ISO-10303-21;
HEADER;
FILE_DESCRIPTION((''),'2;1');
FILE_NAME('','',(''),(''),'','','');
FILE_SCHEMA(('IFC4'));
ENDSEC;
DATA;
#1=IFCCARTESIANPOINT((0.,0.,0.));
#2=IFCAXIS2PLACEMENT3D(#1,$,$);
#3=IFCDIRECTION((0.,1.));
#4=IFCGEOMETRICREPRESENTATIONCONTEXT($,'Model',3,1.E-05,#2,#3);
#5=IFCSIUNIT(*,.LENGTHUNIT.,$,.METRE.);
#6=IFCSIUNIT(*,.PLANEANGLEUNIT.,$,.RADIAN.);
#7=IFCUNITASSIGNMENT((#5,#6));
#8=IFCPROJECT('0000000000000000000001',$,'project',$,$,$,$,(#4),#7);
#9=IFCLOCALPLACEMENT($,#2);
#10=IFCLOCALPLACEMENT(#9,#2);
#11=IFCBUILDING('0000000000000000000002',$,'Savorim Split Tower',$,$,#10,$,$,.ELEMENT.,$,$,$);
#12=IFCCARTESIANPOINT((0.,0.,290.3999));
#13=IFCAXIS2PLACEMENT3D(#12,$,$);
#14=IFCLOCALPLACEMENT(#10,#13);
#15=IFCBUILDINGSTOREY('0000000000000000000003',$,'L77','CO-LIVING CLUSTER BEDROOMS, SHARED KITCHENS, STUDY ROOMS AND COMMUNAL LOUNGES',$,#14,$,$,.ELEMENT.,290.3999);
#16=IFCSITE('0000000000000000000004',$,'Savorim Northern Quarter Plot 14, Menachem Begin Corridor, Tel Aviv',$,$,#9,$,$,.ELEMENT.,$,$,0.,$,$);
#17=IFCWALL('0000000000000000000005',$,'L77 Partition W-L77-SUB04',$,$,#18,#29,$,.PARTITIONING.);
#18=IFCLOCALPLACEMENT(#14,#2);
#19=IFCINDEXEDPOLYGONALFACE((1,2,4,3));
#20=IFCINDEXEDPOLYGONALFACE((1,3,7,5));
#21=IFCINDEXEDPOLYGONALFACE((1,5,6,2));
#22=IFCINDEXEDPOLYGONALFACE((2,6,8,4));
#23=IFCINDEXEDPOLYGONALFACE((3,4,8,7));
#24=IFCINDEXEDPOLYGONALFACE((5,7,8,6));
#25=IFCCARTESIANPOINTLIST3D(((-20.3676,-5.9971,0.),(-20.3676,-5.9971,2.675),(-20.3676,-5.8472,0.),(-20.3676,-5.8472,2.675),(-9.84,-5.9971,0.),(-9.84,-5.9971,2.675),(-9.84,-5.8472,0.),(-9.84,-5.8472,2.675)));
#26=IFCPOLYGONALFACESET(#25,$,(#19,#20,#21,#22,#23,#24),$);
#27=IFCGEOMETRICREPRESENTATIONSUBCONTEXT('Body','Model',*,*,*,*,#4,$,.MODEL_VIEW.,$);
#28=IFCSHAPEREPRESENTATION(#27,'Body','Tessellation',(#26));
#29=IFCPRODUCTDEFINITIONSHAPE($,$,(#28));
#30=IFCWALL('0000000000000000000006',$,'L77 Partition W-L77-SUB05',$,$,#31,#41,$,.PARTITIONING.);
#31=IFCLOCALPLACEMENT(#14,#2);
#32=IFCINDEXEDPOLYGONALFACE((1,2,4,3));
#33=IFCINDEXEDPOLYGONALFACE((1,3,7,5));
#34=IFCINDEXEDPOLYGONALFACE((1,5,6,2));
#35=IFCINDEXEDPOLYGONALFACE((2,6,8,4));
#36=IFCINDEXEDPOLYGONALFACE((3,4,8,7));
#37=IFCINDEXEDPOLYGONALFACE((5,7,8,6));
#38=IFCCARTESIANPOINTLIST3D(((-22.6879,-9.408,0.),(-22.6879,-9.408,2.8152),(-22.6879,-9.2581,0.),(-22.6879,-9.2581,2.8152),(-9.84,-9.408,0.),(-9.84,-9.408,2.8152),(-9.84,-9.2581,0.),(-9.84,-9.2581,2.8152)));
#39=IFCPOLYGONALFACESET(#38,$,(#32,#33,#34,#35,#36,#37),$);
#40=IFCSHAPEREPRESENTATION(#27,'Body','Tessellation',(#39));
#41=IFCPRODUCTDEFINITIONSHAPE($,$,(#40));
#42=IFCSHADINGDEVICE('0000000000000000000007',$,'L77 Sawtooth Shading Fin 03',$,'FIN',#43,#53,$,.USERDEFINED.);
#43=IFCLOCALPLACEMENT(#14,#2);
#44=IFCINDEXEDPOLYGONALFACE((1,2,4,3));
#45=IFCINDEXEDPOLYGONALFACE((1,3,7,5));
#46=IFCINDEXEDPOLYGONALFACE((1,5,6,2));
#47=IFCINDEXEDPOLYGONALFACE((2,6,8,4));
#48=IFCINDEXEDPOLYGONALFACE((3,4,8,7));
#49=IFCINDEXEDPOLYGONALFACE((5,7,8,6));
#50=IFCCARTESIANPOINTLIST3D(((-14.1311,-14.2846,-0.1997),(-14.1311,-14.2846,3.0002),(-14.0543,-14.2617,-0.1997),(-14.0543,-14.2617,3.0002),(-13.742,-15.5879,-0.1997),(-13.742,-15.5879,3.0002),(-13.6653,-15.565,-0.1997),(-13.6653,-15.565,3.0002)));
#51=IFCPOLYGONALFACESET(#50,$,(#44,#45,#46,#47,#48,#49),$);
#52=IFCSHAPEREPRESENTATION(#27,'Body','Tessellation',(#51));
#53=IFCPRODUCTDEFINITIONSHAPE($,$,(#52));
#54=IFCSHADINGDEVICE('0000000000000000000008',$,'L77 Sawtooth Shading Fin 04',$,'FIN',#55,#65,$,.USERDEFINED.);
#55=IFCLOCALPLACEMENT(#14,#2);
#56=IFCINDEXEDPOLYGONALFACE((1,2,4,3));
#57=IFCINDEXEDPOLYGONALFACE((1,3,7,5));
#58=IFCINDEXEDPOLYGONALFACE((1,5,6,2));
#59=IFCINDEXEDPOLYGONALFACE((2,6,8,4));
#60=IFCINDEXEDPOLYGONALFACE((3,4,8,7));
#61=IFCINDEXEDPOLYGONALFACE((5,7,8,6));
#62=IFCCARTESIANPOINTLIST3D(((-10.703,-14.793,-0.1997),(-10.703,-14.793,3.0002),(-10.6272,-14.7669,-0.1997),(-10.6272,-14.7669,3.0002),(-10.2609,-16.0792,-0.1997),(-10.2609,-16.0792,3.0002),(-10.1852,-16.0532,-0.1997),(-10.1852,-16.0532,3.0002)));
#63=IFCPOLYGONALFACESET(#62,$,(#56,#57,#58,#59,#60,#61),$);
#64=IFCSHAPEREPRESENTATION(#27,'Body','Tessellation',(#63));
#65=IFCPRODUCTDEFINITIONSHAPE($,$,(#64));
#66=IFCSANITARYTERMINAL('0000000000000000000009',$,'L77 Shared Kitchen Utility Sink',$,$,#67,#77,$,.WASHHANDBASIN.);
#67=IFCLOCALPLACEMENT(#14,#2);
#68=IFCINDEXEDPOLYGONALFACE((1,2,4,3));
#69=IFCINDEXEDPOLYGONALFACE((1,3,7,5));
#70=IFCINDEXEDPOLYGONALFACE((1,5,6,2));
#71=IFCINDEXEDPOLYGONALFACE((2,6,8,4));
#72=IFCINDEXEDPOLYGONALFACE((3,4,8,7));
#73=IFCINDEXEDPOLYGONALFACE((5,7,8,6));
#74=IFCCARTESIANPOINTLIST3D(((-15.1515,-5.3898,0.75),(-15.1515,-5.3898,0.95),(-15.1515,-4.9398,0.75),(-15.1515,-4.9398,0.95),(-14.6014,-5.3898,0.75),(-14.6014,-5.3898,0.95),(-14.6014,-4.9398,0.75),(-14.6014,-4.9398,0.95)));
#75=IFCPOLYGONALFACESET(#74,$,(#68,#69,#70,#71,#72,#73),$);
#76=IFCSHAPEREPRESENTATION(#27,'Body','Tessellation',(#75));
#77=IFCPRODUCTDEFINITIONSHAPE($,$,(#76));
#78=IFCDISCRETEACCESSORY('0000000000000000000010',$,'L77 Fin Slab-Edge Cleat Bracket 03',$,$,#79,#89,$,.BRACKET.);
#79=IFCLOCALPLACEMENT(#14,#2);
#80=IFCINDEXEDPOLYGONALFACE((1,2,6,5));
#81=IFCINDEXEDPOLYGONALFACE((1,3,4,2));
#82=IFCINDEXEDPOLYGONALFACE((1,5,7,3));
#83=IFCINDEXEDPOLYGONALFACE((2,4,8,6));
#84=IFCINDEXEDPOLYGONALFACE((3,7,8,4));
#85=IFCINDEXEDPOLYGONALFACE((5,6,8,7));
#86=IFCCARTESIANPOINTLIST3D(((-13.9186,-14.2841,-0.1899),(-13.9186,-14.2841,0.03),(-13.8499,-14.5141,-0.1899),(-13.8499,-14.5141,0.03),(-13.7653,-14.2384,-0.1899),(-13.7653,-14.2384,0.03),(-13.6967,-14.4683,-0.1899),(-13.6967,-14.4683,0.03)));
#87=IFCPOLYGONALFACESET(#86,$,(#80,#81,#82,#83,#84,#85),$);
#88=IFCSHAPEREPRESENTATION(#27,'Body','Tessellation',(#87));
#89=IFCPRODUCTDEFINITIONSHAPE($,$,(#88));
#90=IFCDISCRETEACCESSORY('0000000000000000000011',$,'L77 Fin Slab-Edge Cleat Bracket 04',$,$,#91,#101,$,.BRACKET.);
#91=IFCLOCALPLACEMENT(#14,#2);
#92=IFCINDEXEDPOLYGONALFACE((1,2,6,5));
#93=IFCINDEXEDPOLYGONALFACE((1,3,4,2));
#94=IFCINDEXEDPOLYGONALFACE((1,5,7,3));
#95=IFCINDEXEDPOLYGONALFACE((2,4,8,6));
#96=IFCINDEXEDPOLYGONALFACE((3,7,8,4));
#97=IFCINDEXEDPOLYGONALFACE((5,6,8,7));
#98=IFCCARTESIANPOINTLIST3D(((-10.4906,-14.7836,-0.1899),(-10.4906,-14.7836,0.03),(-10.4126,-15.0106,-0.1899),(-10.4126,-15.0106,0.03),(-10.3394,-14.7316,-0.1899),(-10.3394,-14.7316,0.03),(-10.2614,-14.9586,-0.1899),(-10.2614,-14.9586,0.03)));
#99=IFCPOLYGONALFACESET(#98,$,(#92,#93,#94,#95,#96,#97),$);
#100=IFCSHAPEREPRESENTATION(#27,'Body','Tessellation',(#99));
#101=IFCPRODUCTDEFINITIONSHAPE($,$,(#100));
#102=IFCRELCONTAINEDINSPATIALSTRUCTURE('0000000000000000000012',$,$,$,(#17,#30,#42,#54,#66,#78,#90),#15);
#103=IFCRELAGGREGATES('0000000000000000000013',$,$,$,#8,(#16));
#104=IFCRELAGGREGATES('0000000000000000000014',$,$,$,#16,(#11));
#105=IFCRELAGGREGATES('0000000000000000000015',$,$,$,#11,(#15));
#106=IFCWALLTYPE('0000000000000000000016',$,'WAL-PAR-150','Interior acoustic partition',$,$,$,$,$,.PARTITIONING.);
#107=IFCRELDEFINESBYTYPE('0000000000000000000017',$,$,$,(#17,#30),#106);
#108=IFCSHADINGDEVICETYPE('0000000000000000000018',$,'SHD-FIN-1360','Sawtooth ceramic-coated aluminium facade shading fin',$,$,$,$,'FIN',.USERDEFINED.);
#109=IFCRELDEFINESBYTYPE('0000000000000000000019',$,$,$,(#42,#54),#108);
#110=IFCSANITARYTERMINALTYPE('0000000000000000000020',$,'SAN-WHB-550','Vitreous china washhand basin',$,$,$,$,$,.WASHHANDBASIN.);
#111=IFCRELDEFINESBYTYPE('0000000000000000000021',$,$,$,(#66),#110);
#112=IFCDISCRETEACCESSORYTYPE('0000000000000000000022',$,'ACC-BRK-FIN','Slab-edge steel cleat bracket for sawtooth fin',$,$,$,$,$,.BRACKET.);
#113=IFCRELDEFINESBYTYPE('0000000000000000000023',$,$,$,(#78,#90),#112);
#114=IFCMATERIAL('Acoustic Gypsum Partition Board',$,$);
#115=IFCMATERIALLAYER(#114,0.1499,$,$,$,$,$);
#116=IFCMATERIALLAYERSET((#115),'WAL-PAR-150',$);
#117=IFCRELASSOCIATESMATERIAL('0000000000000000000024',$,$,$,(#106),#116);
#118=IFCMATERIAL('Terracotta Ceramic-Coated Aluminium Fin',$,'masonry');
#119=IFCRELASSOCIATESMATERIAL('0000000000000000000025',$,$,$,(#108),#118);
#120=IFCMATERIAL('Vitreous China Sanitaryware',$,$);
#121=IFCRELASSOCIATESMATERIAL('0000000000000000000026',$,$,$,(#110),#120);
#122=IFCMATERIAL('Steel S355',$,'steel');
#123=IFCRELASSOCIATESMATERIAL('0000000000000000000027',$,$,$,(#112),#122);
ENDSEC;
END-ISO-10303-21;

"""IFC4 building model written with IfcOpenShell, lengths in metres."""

from ifc_helpers import new_model, si_unit, direction, frame, frame_2d, origin, origin_2d, place, context, subcontext, project, spatial, rectangle, extrude, material, layer, layer_set, type_object, element, save


model = new_model("IFC4")

# Units and contexts
model_context = context("Model", 3, precision=1e-05, world=origin(), true_north=direction((0.0, 1.0)))
body_context = subcontext(model_context, "Body", "Model", "MODEL_VIEW")
ifc_project = project(units=[si_unit("LENGTHUNIT", "METRE"), si_unit("PLANEANGLEUNIT", "RADIAN")], contexts=[model_context])

# Site, building, storey
site_placement = place(None, origin())
site = spatial("IfcSite", under=ifc_project, at=site_placement, Name="Savorim Northern Quarter Plot 14, Menachem Begin Corridor, Tel Aviv", CompositionType="ELEMENT", RefElevation=0.0)
building_placement = place(site_placement, origin())
building = spatial("IfcBuilding", under=site, at=building_placement, Name="Savorim Split Tower", CompositionType="ELEMENT")
storey_placement = place(building_placement, frame((0.0, 0.0, 290.3999)))
storey = spatial("IfcBuildingStorey", under=building, at=storey_placement, Name="L77", Description="CO-LIVING CLUSTER BEDROOMS, SHARED KITCHENS, STUDY ROOMS AND COMMUNAL LOUNGES", CompositionType="ELEMENT", Elevation=290.3999)

# Shared definitions
ifc_material_1 = material(Name="Steel S355", Category="steel")

# Shared definitions
ifc_material_2 = material(Name="Acoustic Gypsum Partition Board")
ifc_layer = layer(ifc_material_2, 0.1499)
ifc_layer_set = layer_set([ifc_layer], Name="WAL-PAR-150")
wall_type = type_object("IfcWallType", Name="WAL-PAR-150", Description="Interior acoustic partition", PredefinedType="PARTITIONING", material=ifc_layer_set)

# Walls
wall_1_placement = place(storey_placement, frame((-9.8401, -5.9221, 0.0), z_axis=(0.0, 0.0, 1.0), x_axis=(-1.0, 0.0, 0.0)))
element("IfcWall", 1, at=wall_1_placement, inside=storey, type_object=wall_type, Name="L77 Partition W-L77-SUB04", PredefinedType="PARTITIONING", context=body_context, shape_type="SweptSolid", body=[
    extrude(rectangle(XDim=10.5276, YDim=0.1499, at=frame_2d((5.2637, 0.0))), origin(), (0.0, 0.0, 1.0), 2.675),
])
wall_2_placement = place(storey_placement, frame((-9.8401, -9.333, 0.0), z_axis=(0.0, 0.0, 1.0), x_axis=(-1.0, 0.0, 0.0)))
element("IfcWall", 2, at=wall_2_placement, inside=storey, type_object=wall_type, Name="L77 Partition W-L77-SUB05", PredefinedType="PARTITIONING", context=body_context, shape_type="SweptSolid", body=[
    extrude(rectangle(XDim=12.8479, YDim=0.1499, at=frame_2d((6.4238, 0.0))), origin(), (0.0, 0.0, 1.0), 2.8152),
])

# Shading devices
ifc_material_3 = material(Name="Terracotta Ceramic-Coated Aluminium Fin", Category="masonry")
shading_device_type = type_object("IfcShadingDeviceType", Name="SHD-FIN-1360", Description="Sawtooth ceramic-coated aluminium facade shading fin", ElementType="FIN", PredefinedType="USERDEFINED", material=ifc_material_3)
for number, where, z_axis, x_axis, name in (
    (3, (-13.8982, -14.9248, -0.1997), (0.0, 0.0, 1.0), (0.286026, -0.958222, 0.0), "L77 Sawtooth Shading Fin 03"),
    (4, (-10.4441, -15.4231, -0.1997), (0.0, 0.0, 1.0), (0.324994, -0.945716, 0.0), "L77 Sawtooth Shading Fin 04"),
):
    element("IfcShadingDevice", number, at=place(storey_placement, frame(where, z_axis=z_axis, x_axis=x_axis)), inside=storey, type_object=shading_device_type, Name=name, ObjectType="FIN", PredefinedType="USERDEFINED", context=body_context, shape_type="SweptSolid", body=[
        extrude(rectangle(XDim=1.3601, YDim=0.0801, at=origin_2d()), origin(), (0.0, 0.0, 1.0), 3.2),
    ])

# Sanitary terminal
ifc_material_4 = material(Name="Vitreous China Sanitaryware")
sanitary_terminal_type = type_object("IfcSanitaryTerminalType", Name="SAN-WHB-550", Description="Vitreous china washhand basin", PredefinedType="WASHHANDBASIN", material=ifc_material_4)
sanitary_terminal_placement = place(storey_placement, frame((-14.8765, -5.1648, 0.75), z_axis=(0.0, 0.0, 1.0), x_axis=(1.0, 0.0, 0.0)))
element("IfcSanitaryTerminal", 5, at=sanitary_terminal_placement, inside=storey, type_object=sanitary_terminal_type, Name="L77 Shared Kitchen Utility Sink", PredefinedType="WASHHANDBASIN", context=body_context, shape_type="SweptSolid", body=[
    extrude(rectangle(XDim=0.55, YDim=0.45, at=origin_2d()), origin(), (0.0, 0.0, 1.0), 0.2),
])

# Discrete accessories
discrete_accessory_type = type_object("IfcDiscreteAccessoryType", Name="ACC-BRK-FIN", Description="Slab-edge steel cleat bracket for sawtooth fin", PredefinedType="BRACKET", material=ifc_material_1)
for number, where, z_axis, x_axis, name in (
    (6, (-13.8076, -14.3762, -0.1899), (0.0, 0.0, 1.0), (0.286026, -0.958222, 0.0), "L77 Fin Slab-Edge Cleat Bracket 03"),
    (7, (-10.376, -14.8711, -0.1899), (0.0, 0.0, 1.0), (0.324994, -0.945716, 0.0), "L77 Fin Slab-Edge Cleat Bracket 04"),
):
    element("IfcDiscreteAccessory", number, at=place(storey_placement, frame(where, z_axis=z_axis, x_axis=x_axis)), inside=storey, type_object=discrete_accessory_type, Name=name, PredefinedType="BRACKET", context=body_context, shape_type="SweptSolid", body=[
        extrude(rectangle(XDim=0.24, YDim=0.1599, at=origin_2d()), origin(), (0.0, 0.0, 1.0), 0.22),
    ])

save(model, "model.ifc")
